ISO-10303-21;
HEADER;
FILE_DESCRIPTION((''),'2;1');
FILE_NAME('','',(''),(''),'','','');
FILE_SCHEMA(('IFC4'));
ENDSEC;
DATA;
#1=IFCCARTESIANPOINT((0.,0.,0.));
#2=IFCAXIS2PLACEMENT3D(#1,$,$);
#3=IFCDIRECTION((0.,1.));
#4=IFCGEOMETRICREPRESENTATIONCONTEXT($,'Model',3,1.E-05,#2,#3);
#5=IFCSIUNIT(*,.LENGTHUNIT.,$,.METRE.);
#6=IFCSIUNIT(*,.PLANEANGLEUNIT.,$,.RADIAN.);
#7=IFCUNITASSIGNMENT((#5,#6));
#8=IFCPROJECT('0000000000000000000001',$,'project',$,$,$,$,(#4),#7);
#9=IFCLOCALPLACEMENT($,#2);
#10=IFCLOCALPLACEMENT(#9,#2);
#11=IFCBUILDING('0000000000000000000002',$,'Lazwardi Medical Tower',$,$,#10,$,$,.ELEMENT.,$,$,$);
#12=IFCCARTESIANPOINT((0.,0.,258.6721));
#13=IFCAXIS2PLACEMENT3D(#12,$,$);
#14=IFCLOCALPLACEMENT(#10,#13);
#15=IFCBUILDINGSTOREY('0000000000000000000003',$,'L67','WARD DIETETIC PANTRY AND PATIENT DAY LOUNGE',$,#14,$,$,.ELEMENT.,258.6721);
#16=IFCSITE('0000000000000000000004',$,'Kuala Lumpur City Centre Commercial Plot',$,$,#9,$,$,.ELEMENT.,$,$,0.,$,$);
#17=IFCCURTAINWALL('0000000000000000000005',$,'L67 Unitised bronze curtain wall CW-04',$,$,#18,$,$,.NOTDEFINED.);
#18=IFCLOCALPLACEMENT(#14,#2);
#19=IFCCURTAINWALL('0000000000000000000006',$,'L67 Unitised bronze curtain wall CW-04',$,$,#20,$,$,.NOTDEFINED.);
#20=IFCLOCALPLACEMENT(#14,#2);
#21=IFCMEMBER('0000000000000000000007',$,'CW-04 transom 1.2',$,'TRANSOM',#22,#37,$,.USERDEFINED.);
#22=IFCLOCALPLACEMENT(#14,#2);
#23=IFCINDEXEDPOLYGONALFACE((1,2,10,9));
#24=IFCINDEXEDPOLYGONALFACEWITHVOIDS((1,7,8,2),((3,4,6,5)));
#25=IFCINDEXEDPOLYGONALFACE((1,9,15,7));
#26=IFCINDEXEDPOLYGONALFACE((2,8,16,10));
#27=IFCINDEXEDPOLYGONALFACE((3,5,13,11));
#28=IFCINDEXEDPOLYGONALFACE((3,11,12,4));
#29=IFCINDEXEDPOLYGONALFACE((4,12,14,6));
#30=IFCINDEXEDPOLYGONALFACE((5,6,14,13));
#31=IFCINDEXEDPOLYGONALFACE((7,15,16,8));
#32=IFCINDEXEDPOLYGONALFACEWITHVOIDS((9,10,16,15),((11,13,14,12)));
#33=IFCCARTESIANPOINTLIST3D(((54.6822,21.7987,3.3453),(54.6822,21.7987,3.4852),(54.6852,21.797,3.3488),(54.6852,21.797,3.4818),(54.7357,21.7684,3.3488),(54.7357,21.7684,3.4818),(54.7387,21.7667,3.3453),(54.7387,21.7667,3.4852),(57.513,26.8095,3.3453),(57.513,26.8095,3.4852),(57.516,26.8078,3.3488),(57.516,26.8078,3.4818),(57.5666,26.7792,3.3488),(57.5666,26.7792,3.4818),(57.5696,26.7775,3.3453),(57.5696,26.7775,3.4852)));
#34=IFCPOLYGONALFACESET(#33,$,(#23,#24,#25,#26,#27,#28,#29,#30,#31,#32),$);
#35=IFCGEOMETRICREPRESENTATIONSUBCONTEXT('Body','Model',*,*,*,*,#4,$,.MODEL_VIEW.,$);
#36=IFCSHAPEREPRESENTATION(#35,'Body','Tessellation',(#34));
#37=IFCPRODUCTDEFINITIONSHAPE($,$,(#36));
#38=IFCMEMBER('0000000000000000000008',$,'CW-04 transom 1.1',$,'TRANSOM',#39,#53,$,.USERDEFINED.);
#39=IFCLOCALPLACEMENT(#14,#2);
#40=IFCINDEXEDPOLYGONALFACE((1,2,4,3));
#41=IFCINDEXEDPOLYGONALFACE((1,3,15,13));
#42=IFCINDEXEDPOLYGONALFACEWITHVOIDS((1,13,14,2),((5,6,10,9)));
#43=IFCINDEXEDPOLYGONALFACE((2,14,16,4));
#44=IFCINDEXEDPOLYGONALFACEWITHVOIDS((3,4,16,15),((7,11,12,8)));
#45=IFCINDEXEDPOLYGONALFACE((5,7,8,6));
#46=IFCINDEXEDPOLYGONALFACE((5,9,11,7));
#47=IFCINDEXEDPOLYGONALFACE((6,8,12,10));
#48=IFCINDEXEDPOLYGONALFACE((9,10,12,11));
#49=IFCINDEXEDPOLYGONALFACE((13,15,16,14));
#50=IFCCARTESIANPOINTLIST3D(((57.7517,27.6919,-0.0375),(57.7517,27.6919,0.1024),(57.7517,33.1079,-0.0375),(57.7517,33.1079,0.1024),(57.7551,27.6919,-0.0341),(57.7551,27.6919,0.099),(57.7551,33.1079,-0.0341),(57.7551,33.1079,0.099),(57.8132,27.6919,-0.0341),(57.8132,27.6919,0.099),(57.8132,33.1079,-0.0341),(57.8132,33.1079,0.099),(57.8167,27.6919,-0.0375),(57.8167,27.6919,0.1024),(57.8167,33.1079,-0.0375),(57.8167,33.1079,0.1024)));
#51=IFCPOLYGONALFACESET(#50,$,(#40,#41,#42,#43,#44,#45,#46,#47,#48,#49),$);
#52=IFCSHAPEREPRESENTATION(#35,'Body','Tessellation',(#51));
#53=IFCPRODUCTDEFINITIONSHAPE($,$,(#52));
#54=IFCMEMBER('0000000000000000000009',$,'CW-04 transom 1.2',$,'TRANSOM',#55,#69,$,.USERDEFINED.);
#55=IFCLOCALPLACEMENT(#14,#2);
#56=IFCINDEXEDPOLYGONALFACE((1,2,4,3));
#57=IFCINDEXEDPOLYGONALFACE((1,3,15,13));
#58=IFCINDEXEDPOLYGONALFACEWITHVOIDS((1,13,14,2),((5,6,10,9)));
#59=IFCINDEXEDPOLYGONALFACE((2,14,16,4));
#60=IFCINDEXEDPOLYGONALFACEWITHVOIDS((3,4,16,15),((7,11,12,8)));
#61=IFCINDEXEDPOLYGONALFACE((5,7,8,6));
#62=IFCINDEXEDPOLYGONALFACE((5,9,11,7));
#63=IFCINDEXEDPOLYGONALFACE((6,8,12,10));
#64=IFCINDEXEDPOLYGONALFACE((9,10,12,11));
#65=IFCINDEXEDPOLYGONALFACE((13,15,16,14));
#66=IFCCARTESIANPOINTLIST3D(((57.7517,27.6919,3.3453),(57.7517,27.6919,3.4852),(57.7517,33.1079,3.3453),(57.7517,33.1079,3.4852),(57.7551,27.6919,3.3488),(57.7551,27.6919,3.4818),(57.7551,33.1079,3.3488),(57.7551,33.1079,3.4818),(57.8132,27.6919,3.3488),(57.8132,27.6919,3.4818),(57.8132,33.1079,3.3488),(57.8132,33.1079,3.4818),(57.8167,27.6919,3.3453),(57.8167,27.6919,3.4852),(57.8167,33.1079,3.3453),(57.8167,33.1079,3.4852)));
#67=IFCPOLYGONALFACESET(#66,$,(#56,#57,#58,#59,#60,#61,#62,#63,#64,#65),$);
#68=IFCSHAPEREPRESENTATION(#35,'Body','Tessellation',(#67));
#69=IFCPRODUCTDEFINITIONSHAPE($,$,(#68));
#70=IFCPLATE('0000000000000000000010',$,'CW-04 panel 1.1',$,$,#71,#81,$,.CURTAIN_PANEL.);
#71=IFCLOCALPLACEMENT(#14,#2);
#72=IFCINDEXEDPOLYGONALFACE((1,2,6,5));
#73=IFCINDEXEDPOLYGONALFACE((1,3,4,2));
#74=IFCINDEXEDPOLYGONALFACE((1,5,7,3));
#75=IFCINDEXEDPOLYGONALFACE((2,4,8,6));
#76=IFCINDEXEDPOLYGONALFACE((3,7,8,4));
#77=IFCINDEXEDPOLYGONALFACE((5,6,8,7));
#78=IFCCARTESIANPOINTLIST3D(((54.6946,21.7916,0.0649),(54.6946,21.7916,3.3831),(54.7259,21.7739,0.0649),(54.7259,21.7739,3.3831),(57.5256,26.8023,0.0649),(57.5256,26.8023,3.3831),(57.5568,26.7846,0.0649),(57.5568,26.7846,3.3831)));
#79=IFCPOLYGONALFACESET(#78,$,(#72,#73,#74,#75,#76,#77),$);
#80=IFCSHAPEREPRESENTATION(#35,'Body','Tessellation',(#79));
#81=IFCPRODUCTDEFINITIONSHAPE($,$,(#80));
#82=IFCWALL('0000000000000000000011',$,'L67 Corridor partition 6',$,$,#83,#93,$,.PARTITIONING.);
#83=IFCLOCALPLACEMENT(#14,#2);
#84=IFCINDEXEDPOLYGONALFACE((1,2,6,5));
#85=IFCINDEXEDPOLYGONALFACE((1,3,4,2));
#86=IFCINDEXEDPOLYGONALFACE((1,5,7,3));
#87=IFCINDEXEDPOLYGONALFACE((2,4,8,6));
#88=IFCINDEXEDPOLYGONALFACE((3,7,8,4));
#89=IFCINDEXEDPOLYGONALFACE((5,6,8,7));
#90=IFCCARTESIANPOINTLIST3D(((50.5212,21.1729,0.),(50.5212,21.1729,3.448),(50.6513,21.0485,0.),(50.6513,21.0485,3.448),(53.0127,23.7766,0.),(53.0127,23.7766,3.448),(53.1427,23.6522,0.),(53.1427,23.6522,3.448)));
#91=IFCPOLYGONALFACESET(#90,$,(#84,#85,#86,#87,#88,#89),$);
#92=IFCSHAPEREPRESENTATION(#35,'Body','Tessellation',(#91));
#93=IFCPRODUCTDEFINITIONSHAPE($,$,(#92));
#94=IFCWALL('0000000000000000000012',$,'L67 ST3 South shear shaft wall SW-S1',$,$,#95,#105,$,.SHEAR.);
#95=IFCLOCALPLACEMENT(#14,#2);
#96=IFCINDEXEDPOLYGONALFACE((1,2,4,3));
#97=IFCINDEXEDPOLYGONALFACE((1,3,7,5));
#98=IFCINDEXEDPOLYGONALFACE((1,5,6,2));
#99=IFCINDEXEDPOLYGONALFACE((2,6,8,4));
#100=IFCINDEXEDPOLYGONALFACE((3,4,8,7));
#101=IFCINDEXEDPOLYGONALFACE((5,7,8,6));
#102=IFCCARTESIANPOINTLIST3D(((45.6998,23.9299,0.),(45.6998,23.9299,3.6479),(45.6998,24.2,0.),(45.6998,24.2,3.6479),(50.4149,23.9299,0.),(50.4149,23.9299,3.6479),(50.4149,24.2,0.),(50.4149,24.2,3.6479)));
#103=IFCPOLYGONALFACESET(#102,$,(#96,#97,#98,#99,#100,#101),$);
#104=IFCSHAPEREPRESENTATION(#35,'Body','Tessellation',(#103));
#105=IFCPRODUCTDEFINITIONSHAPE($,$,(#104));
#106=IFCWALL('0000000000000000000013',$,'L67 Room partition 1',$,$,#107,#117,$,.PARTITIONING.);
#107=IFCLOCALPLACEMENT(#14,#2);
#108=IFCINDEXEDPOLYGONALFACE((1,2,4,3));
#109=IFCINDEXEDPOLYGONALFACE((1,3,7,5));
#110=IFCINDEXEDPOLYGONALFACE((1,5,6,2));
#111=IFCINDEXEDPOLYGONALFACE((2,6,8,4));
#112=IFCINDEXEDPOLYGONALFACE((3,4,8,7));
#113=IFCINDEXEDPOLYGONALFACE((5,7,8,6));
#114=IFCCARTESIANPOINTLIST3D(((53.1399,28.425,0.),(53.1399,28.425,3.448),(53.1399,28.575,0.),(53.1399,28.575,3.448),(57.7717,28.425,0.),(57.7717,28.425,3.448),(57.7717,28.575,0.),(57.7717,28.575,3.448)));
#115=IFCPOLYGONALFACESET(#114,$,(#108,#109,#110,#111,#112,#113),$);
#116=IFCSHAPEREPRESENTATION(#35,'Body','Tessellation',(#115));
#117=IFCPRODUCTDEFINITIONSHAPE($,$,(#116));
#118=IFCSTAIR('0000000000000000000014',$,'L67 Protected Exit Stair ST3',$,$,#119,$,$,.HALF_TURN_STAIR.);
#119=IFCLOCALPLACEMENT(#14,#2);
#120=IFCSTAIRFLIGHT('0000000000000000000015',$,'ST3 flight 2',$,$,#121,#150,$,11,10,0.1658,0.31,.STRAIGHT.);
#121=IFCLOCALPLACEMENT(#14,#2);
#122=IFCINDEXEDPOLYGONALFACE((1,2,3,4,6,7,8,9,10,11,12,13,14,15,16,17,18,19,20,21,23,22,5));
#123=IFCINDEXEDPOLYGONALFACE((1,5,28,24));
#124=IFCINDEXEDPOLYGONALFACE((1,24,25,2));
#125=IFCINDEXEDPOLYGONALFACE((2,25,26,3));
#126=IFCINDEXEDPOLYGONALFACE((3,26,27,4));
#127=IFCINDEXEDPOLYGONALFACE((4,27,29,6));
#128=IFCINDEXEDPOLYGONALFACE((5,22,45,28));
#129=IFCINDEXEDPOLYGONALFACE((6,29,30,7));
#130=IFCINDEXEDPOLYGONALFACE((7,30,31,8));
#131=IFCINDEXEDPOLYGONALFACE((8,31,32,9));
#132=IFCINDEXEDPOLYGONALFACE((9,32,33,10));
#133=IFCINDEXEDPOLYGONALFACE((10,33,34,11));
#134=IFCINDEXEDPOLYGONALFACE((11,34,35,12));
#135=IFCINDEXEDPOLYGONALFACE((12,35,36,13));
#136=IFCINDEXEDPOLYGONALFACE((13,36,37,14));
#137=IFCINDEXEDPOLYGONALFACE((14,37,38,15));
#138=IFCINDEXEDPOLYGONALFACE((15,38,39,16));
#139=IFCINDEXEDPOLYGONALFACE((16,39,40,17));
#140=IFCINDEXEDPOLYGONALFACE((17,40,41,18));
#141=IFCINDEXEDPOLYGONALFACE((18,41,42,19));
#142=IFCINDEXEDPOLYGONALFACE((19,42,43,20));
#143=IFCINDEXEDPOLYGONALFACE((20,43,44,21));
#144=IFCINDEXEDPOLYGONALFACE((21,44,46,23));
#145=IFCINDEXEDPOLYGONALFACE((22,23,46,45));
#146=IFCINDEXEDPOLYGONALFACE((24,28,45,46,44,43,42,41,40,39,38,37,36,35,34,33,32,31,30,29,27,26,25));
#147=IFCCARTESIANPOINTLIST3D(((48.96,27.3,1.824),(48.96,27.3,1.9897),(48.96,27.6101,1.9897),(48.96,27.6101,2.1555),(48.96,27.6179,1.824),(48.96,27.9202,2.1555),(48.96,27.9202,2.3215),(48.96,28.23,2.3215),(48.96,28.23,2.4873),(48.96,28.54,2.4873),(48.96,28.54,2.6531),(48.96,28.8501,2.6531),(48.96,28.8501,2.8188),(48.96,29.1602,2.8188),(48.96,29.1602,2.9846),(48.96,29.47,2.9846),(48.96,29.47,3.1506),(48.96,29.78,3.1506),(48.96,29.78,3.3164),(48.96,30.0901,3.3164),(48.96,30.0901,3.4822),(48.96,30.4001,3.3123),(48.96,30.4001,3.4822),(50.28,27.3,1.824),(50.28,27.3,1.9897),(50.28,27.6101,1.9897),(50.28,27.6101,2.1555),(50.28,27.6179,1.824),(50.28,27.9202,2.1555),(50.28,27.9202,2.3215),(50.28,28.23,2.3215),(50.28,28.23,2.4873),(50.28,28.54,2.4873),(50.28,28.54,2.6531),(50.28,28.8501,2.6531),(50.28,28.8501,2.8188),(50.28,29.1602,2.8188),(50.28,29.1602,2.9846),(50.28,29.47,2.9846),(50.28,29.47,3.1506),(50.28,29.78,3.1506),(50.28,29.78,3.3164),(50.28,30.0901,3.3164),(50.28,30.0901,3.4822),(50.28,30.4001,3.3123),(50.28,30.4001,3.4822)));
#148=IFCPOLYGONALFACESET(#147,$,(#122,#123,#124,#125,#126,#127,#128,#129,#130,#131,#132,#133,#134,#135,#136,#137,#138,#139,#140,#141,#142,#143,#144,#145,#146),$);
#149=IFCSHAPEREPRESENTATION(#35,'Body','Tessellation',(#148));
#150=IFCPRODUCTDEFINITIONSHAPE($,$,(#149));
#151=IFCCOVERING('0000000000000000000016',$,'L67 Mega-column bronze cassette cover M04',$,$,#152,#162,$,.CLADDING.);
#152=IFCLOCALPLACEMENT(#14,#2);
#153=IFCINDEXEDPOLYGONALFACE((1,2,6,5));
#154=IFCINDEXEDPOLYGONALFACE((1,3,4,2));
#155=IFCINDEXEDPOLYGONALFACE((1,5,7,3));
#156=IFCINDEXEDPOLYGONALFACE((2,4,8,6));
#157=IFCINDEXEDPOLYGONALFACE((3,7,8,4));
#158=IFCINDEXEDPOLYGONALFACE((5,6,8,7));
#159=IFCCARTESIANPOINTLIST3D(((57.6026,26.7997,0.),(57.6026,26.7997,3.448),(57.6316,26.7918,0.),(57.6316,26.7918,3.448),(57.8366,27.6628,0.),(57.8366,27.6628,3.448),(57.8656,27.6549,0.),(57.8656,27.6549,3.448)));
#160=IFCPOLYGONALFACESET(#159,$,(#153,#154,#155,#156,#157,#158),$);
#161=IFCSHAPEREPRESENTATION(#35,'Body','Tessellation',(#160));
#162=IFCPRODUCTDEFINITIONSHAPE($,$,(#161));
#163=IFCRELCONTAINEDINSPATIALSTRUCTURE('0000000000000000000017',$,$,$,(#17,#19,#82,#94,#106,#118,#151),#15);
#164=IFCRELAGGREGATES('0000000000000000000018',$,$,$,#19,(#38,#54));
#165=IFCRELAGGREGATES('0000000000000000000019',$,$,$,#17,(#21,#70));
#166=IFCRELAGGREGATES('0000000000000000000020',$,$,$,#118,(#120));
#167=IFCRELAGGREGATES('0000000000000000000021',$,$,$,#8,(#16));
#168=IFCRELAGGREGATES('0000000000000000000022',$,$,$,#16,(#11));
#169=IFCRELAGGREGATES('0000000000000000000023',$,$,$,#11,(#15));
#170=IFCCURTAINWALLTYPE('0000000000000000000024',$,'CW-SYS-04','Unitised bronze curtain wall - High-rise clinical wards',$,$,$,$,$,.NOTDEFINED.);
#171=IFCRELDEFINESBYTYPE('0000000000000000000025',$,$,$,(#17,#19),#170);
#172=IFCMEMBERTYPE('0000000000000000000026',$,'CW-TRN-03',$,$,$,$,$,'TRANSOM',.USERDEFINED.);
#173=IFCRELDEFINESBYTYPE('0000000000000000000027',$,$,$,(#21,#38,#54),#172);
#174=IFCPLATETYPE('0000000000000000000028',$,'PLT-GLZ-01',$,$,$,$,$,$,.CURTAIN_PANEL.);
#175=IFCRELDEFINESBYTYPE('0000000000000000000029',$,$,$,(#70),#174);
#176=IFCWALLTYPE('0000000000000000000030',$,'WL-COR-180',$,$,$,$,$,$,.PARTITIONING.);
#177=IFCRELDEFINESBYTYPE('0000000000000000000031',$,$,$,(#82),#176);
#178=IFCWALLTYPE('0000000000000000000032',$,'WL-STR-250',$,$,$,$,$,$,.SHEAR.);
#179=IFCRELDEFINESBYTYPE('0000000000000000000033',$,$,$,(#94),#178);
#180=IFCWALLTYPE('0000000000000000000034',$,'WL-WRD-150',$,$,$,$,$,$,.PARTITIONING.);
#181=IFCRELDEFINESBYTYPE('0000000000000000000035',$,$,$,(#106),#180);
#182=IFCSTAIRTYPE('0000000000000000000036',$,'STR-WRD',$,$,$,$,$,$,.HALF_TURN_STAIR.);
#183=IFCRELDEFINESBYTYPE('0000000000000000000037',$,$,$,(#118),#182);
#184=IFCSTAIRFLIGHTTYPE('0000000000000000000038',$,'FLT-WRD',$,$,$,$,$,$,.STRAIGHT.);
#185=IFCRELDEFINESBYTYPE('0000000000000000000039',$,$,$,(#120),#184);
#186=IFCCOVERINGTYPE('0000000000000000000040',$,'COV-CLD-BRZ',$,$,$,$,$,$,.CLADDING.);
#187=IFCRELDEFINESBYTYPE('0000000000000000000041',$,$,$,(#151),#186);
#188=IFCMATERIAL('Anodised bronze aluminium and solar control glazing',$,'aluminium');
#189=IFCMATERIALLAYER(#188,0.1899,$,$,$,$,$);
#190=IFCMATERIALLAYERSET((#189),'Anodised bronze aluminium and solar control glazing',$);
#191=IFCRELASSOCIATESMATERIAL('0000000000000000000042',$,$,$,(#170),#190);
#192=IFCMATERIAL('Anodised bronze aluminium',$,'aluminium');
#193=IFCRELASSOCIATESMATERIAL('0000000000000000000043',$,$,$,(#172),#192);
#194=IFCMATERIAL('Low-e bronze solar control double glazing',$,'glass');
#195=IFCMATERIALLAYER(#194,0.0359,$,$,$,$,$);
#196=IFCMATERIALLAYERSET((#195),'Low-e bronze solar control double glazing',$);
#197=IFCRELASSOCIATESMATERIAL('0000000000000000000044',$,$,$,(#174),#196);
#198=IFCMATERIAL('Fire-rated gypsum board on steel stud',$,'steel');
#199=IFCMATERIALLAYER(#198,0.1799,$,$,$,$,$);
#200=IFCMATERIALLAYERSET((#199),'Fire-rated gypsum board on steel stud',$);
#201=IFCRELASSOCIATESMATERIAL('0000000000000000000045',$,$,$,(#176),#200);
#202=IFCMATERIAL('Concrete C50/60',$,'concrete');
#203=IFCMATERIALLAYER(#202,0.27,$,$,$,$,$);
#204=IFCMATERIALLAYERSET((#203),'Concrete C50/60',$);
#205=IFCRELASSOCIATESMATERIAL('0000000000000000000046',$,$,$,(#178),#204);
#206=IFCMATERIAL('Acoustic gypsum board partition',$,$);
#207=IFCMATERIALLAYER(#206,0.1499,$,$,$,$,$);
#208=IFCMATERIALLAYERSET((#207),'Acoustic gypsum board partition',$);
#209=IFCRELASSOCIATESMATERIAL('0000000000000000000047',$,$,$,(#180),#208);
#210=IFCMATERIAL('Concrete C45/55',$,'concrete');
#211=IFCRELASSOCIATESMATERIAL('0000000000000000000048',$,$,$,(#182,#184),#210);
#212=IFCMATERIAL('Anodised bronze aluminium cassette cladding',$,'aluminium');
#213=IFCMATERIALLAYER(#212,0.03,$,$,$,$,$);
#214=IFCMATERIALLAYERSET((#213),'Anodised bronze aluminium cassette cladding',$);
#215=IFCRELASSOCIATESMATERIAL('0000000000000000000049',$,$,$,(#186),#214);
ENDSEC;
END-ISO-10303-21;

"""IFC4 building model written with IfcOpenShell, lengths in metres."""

from ifc_helpers import new_model, si_unit, direction, frame, frame_2d, origin, origin_2d, place, context, subcontext, project, spatial, polyline, rectangle, hollow_rectangle, outline, extrude, material, layer, layer_set, material_profile, profile_set, type_object, element, aggregate, save


model = new_model("IFC4")

# Units and contexts
model_context = context("Model", 3, precision=1e-05, world=origin(), true_north=direction((0.0, 1.0)))
body_context = subcontext(model_context, "Body", "Model", "MODEL_VIEW")
ifc_project = project(units=[si_unit("LENGTHUNIT", "METRE"), si_unit("PLANEANGLEUNIT", "RADIAN")], contexts=[model_context])

# Site, building, storey
site_placement = place(None, origin())
site = spatial("IfcSite", under=ifc_project, at=site_placement, Name="Kuala Lumpur City Centre Commercial Plot", CompositionType="ELEMENT", RefElevation=0.0)
building_placement = place(site_placement, origin())
building = spatial("IfcBuilding", under=site, at=building_placement, Name="Lazwardi Medical Tower", CompositionType="ELEMENT")
storey_placement = place(building_placement, frame((0.0, 0.0, 258.6721)))
storey = spatial("IfcBuildingStorey", under=building, at=storey_placement, Name="L67", Description="WARD DIETETIC PANTRY AND PATIENT DAY LOUNGE", CompositionType="ELEMENT", Elevation=258.6721)

# Curtain walls
ifc_material_1 = material(Name="Anodised bronze aluminium and solar control glazing", Category="aluminium")
ifc_layer_1 = layer(ifc_material_1, 0.1899)
ifc_layer_set_1 = layer_set([ifc_layer_1], Name="Anodised bronze aluminium and solar control glazing")
curtain_wall_type = type_object("IfcCurtainWallType", Name="CW-SYS-04", Description="Unitised bronze curtain wall - High-rise clinical wards", PredefinedType="NOTDEFINED", material=ifc_layer_set_1)
curtain_wall_1_placement = place(storey_placement, origin())
curtain_wall_1 = element("IfcCurtainWall", 1, at=curtain_wall_1_placement, inside=storey, type_object=curtain_wall_type, Name="L67 Unitised bronze curtain wall CW-04", PredefinedType="NOTDEFINED")
ifc_material_2 = material(Name="Anodised bronze aluminium", Category="aluminium")
curtain_wall_2_placement = place(storey_placement, origin())
curtain_wall_2 = element("IfcCurtainWall", 2, at=curtain_wall_2_placement, inside=storey, type_object=curtain_wall_type, Name="L67 Unitised bronze curtain wall CW-04", PredefinedType="NOTDEFINED")

# Members
ifc_material_profile_1 = material_profile(ifc_material_2, hollow_rectangle(XDim=0.0649, YDim=0.1399, WallThickness=0.0034, at=origin_2d()), Name="ALU-TRANSOM 140x65x3.5")
ifc_profile_set_1 = profile_set([ifc_material_profile_1], Name="Anodised bronze aluminium")
member_type_1 = type_object("IfcMemberType", Name="CW-TRN-03", ElementType="TRANSOM", PredefinedType="USERDEFINED", material=ifc_profile_set_1)
member_1_placement = place(storey_placement, frame((54.7104, 21.7827, 3.4153), z_axis=(0.49188, 0.870663, 0.0), x_axis=(-0.870663, 0.49188, 0.0)))
member_1 = element("IfcMember", 3, at=member_1_placement, type_object=member_type_1, Name="CW-04 transom 1.2", ObjectType="TRANSOM", PredefinedType="USERDEFINED", context=body_context, shape_type="SweptSolid", body=[
    extrude(hollow_rectangle(XDim=0.0649, YDim=0.1399, WallThickness=0.0034, at=origin_2d()), origin(), (0.0, 0.0, 1.0), 5.7551),
])
member_2_placement = place(storey_placement, frame((57.7842, 27.6919, 0.0325), z_axis=(0.0, 1.0, 0.0), x_axis=(-1.0, 0.0, 0.0)))
member_2 = element("IfcMember", 4, at=member_2_placement, type_object=member_type_1, Name="CW-04 transom 1.1", ObjectType="TRANSOM", PredefinedType="USERDEFINED", context=body_context, shape_type="SweptSolid", body=[
    extrude(hollow_rectangle(XDim=0.0649, YDim=0.1399, WallThickness=0.0034, at=origin_2d()), origin(), (0.0, 0.0, 1.0), 5.416),
])
member_3_placement = place(storey_placement, frame((57.7842, 27.6919, 3.4153), z_axis=(0.0, 1.0, 0.0), x_axis=(-1.0, 0.0, 0.0)))
member_3 = element("IfcMember", 5, at=member_3_placement, type_object=member_type_1, Name="CW-04 transom 1.2", ObjectType="TRANSOM", PredefinedType="USERDEFINED", context=body_context, shape_type="SweptSolid", body=[
    extrude(hollow_rectangle(XDim=0.0649, YDim=0.1399, WallThickness=0.0034, at=origin_2d()), origin(), (0.0, 0.0, 1.0), 5.416),
])
aggregate(curtain_wall_2, [member_2, member_3])

# Plate
ifc_material_3 = material(Name="Low-e bronze solar control double glazing", Category="glass")
ifc_layer_2 = layer(ifc_material_3, 0.0359)
ifc_layer_set_2 = layer_set([ifc_layer_2], Name="Low-e bronze solar control double glazing")
plate_type = type_object("IfcPlateType", Name="PLT-GLZ-01", PredefinedType="CURTAIN_PANEL", material=ifc_layer_set_2)
plate_placement = place(storey_placement, frame((56.1257, 24.2881, 0.0649), z_axis=(0.0, 0.0, 1.0), x_axis=(0.4919, 0.870651, 0.0)))
plate = element("IfcPlate", 6, at=plate_placement, type_object=plate_type, Name="CW-04 panel 1.1", PredefinedType="CURTAIN_PANEL", context=body_context, shape_type="SweptSolid", body=[
    extrude(rectangle(XDim=5.7551, YDim=0.0359, at=origin_2d()), origin(), (0.0, 0.0, 1.0), 3.3181),
])
aggregate(curtain_wall_1, [member_1, plate])

# Walls
ifc_material_4 = material(Name="Fire-rated gypsum board on steel stud", Category="steel")
ifc_layer_3 = layer(ifc_material_4, 0.1799)
ifc_layer_set_3 = layer_set([ifc_layer_3], Name="Fire-rated gypsum board on steel stud")
wall_type_1 = type_object("IfcWallType", Name="WL-COR-180", PredefinedType="PARTITIONING", material=ifc_layer_set_3)
wall_1_placement = place(storey_placement, frame((53.0776, 23.7144, 0.0), z_axis=(0.0, 0.0, 1.0), x_axis=(-0.691353, -0.722517, 0.0)))
element("IfcWall", 7, at=wall_1_placement, inside=storey, type_object=wall_type_1, Name="L67 Corridor partition 6", PredefinedType="PARTITIONING", context=body_context, shape_type="SweptSolid", body=[
    extrude(rectangle(XDim=3.6038, YDim=0.1799, at=frame_2d((1.8018, 0.0))), origin(), (0.0, 0.0, 1.0), 3.448),
])
ifc_material_5 = material(Name="Concrete C50/60", Category="concrete")
ifc_layer_4 = layer(ifc_material_5, 0.27)
ifc_layer_set_4 = layer_set([ifc_layer_4], Name="Concrete C50/60")
wall_type_2 = type_object("IfcWallType", Name="WL-STR-250", PredefinedType="SHEAR", material=ifc_layer_set_4)
wall_2_placement = place(storey_placement, frame((45.7, 24.0649, 0.0), z_axis=(0.0, 0.0, 1.0), x_axis=(1.0, 0.0, 0.0)))
element("IfcWall", 8, at=wall_2_placement, inside=storey, type_object=wall_type_2, Name="L67 ST3 South shear shaft wall SW-S1", PredefinedType="SHEAR", context=body_context, shape_type="SweptSolid", body=[
    extrude(rectangle(XDim=4.7151, YDim=0.27, at=frame_2d((2.3574, 0.0))), origin(), (0.0, 0.0, 1.0), 3.6479),
])
ifc_material_6 = material(Name="Acoustic gypsum board partition")
ifc_layer_5 = layer(ifc_material_6, 0.1499)
ifc_layer_set_5 = layer_set([ifc_layer_5], Name="Acoustic gypsum board partition")
wall_type_3 = type_object("IfcWallType", Name="WL-WRD-150", PredefinedType="PARTITIONING", material=ifc_layer_set_5)
wall_3_placement = place(storey_placement, frame((53.1399, 28.5, 0.0), z_axis=(0.0, 0.0, 1.0), x_axis=(1.0, 0.0, 0.0)))
element("IfcWall", 9, at=wall_3_placement, inside=storey, type_object=wall_type_3, Name="L67 Room partition 1", PredefinedType="PARTITIONING", context=body_context, shape_type="SweptSolid", body=[
    extrude(rectangle(XDim=4.6318, YDim=0.1499, at=frame_2d((2.3159, 0.0))), origin(), (0.0, 0.0, 1.0), 3.448),
])

# Stair, stair flight
ifc_material_7 = material(Name="Concrete C45/55", Category="concrete")
stair_type = type_object("IfcStairType", Name="STR-WRD", PredefinedType="HALF_TURN_STAIR", material=ifc_material_7)
stair_placement = place(storey_placement, origin())
stair = element("IfcStair", 10, at=stair_placement, inside=storey, type_object=stair_type, Name="L67 Protected Exit Stair ST3", PredefinedType="HALF_TURN_STAIR")
stair_flight_type = type_object("IfcStairFlightType", Name="FLT-WRD", PredefinedType="STRAIGHT", material=ifc_material_7)
stair_flight_placement = place(storey_placement, frame((49.6201, 27.3, 1.824), z_axis=(0.0, 0.0, 1.0), x_axis=(0.0, 1.0, 0.0)))
stair_flight = element("IfcStairFlight", 11, at=stair_flight_placement, type_object=stair_flight_type, Name="ST3 flight 2", NumberOfRisers=11, NumberOfTreads=10, PredefinedType="STRAIGHT", RiserHeight=0.1658, TreadLength=0.31, context=body_context, shape_type="SweptSolid", body=[
    extrude(outline(polyline([(0.0, 0.0), (0.0, 0.1658), (0.3101, 0.1658), (0.3101, 0.3315), (0.6201, 0.3315), (0.6201, 0.4976), (0.9299, 0.4976), (0.9299, 0.6633), (1.24, 0.6633), (1.24, 0.8291), (1.55, 0.8291), (1.55, 0.9949), (1.8601, 0.9949), (1.8601, 1.1606), (2.1699, 1.1606), (2.1699, 1.3267), (2.48, 1.3267), (2.48, 1.4924), (2.79, 1.4924), (2.79, 1.6582), (3.1001, 1.6582), (3.1001, 1.824), (3.1001, 1.4883), (0.3179, 0.0), (0.0, 0.0)])), frame((0.0, 0.6602, 0.0), z_axis=(0.0, -1.0, 0.0), x_axis=(1.0, 0.0, 0.0)), (0.0, 0.0, 1.0), 1.3201),
])
aggregate(stair, [stair_flight])

# Covering
ifc_material_8 = material(Name="Anodised bronze aluminium cassette cladding", Category="aluminium")
ifc_layer_6 = layer(ifc_material_8, 0.03)
ifc_layer_set_6 = layer_set([ifc_layer_6], Name="Anodised bronze aluminium cassette cladding")
covering_type = type_object("IfcCoveringType", Name="COV-CLD-BRZ", PredefinedType="CLADDING", material=ifc_layer_set_6)
covering_placement = place(storey_placement, frame((57.7341, 27.2273, 0.0), z_axis=(0.0, 0.0, 1.0), x_axis=(0.261642, 0.965165, 0.0)))
element("IfcCovering", 12, at=covering_placement, inside=storey, type_object=covering_type, Name="L67 Mega-column bronze cassette cover M04", PredefinedType="CLADDING", context=body_context, shape_type="SweptSolid", body=[
    extrude(rectangle(XDim=0.8943, YDim=0.03, at=origin_2d()), origin(), (0.0, 0.0, 1.0), 3.448),
])

save(model, "model.ifc")
